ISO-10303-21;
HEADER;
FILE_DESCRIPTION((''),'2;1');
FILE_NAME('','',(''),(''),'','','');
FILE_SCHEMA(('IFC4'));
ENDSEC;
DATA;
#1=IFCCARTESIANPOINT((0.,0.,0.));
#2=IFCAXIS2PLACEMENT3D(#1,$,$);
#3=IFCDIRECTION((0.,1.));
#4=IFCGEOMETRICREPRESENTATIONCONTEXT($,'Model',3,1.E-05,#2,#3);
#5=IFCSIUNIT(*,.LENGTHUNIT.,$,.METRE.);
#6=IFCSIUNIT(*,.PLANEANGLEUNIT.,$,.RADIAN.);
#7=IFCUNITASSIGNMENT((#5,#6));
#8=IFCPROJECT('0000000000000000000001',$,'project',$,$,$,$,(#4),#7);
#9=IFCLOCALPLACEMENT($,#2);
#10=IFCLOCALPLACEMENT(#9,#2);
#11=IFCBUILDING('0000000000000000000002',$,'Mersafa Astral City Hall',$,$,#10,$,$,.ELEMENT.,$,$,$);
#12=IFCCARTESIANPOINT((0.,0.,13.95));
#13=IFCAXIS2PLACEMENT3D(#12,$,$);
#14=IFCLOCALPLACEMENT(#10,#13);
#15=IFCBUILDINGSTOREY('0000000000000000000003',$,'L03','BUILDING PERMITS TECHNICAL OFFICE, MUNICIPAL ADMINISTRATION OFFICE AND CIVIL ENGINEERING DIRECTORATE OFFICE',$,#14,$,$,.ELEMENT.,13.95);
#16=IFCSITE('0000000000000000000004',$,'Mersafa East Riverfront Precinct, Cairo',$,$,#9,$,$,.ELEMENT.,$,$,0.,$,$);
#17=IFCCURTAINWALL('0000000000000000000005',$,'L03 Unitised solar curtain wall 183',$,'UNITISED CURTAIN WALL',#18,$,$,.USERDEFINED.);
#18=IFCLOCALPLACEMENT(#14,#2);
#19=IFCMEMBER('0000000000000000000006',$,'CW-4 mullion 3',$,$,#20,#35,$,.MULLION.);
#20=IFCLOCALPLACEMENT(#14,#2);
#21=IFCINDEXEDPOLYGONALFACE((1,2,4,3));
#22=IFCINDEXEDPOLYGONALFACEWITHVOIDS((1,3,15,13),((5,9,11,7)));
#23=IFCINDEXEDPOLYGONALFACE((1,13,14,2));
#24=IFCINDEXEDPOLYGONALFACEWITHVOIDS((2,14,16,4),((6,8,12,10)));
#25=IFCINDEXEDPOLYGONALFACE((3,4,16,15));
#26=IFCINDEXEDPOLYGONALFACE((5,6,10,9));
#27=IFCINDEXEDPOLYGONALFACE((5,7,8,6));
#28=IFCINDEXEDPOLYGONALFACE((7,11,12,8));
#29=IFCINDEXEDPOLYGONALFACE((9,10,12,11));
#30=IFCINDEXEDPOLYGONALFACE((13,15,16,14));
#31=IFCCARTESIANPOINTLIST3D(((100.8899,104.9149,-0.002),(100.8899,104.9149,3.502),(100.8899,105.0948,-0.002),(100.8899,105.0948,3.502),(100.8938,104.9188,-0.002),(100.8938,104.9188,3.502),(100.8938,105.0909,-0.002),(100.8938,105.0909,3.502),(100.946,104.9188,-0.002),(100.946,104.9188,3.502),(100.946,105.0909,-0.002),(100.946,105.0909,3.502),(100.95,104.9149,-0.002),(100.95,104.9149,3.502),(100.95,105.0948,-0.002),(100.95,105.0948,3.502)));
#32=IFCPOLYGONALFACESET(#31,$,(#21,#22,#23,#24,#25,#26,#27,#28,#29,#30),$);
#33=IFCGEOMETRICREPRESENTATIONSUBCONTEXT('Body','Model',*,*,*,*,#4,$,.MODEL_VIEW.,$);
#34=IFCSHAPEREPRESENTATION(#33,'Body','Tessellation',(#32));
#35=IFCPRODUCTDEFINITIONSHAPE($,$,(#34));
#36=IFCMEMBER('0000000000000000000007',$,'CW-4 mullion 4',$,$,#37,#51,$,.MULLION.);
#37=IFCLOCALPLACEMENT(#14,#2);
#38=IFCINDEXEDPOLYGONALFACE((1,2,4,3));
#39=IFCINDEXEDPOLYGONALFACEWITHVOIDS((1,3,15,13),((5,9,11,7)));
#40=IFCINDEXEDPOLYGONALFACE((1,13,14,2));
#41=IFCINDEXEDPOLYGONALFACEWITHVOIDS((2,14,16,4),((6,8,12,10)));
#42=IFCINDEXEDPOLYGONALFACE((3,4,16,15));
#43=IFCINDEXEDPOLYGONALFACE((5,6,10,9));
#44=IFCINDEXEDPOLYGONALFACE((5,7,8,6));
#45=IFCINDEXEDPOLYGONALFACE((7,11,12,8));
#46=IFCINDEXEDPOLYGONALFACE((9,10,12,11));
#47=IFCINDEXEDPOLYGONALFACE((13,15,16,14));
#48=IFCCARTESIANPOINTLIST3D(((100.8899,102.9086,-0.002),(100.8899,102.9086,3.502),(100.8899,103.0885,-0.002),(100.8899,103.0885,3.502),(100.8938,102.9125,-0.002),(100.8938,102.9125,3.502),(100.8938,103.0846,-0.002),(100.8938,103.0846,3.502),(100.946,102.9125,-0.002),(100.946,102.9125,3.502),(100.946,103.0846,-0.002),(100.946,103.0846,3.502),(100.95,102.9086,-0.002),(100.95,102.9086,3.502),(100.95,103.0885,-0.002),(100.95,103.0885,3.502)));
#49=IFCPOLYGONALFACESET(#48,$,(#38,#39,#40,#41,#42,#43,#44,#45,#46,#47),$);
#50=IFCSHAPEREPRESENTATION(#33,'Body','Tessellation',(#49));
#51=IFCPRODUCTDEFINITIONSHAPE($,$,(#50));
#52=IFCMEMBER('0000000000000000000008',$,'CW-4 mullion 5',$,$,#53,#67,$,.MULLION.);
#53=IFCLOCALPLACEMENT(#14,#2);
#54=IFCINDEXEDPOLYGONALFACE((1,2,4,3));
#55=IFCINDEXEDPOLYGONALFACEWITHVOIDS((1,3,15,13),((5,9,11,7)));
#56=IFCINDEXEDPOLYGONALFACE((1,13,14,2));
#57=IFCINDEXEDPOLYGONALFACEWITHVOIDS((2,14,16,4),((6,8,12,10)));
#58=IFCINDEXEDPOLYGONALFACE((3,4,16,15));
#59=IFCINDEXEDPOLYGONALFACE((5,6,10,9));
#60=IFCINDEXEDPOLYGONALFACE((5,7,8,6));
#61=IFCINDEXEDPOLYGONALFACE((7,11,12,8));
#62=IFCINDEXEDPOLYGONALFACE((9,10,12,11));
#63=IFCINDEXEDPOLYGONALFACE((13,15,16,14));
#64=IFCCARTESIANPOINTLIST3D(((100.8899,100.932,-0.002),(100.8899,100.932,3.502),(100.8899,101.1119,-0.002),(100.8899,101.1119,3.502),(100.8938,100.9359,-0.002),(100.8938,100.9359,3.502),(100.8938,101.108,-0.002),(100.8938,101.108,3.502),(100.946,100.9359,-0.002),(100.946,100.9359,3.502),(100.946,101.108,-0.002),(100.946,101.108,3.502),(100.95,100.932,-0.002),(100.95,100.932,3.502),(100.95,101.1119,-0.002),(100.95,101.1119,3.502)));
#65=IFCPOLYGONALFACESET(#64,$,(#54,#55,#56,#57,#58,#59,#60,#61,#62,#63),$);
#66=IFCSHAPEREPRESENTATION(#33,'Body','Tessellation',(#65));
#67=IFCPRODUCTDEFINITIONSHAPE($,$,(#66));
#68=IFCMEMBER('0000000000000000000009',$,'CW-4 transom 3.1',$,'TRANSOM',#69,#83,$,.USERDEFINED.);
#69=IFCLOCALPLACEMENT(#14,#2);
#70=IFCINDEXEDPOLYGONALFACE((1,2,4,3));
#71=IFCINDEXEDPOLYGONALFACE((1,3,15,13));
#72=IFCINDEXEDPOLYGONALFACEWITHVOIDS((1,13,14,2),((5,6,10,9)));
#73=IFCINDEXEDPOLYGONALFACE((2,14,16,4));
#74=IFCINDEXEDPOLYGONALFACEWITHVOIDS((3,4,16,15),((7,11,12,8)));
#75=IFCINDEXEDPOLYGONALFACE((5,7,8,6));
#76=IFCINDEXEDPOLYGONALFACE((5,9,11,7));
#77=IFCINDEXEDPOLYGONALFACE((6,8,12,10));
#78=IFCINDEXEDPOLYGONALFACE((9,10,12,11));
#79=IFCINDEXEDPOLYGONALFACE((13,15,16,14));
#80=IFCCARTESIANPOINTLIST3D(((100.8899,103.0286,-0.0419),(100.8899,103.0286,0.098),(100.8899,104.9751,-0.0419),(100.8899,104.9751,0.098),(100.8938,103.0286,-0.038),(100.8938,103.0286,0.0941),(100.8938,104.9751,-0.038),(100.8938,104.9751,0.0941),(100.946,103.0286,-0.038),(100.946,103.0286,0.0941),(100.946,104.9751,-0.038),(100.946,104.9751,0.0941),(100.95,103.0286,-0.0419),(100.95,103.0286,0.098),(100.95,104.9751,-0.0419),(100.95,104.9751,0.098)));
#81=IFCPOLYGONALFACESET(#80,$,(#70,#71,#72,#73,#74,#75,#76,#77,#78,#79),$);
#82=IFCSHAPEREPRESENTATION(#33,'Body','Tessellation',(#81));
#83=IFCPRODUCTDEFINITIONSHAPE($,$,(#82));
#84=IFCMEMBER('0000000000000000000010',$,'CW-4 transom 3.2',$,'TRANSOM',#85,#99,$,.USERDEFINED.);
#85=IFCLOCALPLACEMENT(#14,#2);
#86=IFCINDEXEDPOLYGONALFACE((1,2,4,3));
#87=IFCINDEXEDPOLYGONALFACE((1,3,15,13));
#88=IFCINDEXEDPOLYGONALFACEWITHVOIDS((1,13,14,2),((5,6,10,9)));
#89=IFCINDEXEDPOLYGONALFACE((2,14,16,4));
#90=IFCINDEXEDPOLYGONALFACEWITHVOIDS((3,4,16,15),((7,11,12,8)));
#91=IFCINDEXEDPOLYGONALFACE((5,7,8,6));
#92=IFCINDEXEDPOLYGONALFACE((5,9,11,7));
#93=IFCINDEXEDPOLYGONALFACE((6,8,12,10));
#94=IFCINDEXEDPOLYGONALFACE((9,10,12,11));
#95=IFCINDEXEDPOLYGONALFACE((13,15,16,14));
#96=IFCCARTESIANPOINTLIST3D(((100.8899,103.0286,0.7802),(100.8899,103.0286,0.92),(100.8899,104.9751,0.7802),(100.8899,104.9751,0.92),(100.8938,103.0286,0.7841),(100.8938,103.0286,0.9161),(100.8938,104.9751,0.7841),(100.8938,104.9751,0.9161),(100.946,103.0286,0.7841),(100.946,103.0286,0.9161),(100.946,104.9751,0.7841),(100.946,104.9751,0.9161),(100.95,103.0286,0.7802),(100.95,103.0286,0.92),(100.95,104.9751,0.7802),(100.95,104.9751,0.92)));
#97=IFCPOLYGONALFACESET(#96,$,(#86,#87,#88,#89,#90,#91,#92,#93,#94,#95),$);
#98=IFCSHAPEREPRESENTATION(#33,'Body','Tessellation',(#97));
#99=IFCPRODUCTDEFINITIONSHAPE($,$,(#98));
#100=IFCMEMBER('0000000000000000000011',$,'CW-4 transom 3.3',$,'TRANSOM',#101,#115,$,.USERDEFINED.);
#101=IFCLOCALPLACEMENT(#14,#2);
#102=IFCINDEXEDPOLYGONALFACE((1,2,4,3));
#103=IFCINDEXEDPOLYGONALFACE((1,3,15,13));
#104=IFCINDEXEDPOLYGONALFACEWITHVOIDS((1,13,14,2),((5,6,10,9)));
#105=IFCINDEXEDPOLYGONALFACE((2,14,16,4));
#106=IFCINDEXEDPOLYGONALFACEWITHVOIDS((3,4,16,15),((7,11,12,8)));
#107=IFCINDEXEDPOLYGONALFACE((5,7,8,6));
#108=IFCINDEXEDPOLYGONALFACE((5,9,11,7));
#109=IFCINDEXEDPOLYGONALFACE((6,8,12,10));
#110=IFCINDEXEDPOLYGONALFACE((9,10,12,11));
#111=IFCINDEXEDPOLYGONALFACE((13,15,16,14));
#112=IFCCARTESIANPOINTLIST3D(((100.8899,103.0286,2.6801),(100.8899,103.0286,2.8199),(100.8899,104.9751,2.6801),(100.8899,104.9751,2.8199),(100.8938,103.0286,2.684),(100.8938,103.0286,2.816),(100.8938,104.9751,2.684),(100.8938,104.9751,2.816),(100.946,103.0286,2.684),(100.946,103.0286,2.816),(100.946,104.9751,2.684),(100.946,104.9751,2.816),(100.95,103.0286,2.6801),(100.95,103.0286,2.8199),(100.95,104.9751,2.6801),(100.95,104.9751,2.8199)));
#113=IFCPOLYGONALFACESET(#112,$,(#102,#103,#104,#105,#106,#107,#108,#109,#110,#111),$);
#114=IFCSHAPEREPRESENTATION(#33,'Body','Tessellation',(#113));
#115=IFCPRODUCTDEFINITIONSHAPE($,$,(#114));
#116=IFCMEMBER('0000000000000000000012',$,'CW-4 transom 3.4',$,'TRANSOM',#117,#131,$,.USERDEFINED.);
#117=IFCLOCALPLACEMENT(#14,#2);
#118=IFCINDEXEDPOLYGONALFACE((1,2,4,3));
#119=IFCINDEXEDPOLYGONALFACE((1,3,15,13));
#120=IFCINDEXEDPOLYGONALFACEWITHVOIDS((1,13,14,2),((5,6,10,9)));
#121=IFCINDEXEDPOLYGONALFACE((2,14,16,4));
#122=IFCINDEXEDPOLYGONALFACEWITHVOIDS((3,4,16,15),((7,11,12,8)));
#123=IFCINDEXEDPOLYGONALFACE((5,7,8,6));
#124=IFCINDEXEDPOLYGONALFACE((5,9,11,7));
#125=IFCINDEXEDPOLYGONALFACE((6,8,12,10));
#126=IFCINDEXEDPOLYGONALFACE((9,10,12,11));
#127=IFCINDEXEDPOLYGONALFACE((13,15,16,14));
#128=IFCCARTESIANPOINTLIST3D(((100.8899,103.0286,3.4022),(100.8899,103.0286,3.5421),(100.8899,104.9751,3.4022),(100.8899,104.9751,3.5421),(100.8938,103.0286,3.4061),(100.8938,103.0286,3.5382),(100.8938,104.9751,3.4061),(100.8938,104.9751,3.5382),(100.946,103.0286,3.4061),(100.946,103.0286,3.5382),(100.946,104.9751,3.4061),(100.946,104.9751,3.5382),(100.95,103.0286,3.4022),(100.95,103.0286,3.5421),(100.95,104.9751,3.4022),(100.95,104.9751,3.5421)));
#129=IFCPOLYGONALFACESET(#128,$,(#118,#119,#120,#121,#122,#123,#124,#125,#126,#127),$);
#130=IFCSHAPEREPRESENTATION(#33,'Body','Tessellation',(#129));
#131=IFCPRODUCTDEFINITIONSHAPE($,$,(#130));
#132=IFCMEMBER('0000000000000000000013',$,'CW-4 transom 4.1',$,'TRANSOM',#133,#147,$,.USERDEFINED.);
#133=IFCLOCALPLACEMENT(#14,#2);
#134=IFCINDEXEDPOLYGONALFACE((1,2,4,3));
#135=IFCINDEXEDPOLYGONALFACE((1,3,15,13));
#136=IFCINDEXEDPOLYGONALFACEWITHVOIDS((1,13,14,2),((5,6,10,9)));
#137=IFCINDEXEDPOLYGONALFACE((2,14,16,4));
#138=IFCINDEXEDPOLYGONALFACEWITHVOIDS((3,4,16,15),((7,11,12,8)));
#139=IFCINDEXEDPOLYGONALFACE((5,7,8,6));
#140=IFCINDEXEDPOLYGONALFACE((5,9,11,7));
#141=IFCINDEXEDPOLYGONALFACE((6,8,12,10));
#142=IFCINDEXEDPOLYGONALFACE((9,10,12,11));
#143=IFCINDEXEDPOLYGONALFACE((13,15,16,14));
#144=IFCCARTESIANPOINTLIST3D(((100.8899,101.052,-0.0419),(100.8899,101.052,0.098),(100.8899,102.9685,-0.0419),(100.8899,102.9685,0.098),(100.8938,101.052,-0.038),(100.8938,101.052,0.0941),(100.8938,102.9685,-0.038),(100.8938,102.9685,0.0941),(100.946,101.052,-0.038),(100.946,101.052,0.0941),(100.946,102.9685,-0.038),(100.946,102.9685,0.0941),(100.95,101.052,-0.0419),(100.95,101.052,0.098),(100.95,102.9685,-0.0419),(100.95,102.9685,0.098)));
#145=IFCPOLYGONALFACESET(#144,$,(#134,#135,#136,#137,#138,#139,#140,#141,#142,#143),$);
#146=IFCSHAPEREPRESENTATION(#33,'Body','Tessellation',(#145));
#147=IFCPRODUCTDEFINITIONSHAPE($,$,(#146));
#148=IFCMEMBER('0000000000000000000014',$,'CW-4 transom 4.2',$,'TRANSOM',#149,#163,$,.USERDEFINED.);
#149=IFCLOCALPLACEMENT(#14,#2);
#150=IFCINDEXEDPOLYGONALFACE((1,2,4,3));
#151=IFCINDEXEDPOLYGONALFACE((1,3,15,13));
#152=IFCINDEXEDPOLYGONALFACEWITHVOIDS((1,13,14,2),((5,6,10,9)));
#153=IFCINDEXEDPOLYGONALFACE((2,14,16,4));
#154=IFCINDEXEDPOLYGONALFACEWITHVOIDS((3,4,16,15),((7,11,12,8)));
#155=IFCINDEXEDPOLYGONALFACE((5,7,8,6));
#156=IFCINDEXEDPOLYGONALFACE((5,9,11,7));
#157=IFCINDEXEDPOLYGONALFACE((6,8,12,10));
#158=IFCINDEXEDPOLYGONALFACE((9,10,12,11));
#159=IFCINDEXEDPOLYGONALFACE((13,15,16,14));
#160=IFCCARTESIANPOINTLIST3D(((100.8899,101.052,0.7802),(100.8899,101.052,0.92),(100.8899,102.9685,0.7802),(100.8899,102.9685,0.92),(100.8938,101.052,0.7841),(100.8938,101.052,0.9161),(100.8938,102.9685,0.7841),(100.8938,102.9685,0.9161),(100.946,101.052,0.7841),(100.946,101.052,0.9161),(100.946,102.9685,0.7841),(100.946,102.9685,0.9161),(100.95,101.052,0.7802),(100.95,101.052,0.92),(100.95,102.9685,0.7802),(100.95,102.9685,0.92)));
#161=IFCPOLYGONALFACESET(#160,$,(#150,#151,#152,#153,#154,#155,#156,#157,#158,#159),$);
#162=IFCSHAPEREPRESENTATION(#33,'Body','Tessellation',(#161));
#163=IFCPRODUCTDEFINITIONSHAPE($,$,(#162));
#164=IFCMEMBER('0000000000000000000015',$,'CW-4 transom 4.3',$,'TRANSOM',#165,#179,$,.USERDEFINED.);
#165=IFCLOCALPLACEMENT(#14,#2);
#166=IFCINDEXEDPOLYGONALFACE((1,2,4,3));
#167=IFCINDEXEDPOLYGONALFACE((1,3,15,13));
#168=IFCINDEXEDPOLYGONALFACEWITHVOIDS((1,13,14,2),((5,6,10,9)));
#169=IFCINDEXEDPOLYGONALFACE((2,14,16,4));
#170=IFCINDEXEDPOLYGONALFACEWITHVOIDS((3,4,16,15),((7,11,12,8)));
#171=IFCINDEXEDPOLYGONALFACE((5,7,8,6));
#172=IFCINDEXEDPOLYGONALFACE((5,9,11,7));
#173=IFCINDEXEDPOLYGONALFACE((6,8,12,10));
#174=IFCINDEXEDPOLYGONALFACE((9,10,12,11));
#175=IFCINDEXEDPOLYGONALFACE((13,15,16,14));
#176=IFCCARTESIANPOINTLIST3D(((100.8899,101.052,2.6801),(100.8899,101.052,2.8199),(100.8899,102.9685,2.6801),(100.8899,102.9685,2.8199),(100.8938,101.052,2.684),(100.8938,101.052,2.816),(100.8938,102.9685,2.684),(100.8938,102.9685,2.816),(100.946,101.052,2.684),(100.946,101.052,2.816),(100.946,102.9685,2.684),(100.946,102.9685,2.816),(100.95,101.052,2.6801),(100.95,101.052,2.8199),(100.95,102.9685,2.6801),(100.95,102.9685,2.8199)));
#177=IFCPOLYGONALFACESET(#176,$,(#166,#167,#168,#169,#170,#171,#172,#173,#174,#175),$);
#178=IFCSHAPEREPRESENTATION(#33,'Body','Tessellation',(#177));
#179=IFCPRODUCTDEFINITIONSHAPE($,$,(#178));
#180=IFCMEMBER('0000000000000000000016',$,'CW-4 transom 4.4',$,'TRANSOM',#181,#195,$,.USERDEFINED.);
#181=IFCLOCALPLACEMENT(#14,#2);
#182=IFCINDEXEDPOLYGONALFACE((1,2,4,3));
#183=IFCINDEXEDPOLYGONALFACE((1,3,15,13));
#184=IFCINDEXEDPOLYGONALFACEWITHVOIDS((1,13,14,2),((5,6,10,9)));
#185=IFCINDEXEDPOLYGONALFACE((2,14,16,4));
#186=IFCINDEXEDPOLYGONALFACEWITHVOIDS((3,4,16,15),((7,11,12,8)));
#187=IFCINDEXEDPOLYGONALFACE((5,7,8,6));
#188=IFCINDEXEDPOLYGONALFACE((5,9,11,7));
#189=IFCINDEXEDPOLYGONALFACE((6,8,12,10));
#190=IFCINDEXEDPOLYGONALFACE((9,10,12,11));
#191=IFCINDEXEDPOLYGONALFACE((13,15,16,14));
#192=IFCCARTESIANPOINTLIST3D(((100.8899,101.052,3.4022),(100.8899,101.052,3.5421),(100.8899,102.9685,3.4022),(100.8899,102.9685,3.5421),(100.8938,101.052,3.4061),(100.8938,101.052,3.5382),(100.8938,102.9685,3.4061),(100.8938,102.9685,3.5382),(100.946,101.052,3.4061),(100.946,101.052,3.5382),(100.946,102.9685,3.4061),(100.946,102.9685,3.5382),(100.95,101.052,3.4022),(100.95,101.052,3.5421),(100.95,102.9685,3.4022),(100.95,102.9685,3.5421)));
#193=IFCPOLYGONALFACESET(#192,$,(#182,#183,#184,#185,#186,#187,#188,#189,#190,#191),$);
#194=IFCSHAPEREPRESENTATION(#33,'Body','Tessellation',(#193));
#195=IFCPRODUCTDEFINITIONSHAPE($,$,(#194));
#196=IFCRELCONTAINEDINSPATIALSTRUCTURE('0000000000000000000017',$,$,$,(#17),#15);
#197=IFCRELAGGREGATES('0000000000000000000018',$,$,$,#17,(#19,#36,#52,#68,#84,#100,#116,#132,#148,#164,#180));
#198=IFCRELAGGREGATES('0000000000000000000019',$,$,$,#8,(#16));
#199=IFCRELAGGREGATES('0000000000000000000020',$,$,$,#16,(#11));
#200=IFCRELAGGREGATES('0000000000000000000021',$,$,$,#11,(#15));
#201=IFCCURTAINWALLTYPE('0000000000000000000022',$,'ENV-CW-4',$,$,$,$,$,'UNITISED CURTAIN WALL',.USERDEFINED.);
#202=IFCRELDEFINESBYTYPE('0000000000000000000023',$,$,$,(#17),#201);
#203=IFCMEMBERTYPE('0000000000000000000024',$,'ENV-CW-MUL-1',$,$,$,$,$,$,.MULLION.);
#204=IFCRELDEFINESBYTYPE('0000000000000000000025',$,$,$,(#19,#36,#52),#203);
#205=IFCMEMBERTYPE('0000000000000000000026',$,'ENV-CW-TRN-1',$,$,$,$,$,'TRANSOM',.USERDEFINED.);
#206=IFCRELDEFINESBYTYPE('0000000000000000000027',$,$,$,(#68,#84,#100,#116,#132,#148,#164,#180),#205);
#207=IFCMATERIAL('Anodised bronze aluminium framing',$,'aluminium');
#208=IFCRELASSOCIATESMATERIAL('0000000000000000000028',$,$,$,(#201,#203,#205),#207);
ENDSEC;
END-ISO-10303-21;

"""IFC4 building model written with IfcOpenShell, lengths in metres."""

from ifc_helpers import new_model, si_unit, direction, frame, origin, origin_2d, place, context, subcontext, project, spatial, hollow_rectangle, extrude, material, material_profile, profile_set, type_object, element, aggregate, save


model = new_model("IFC4")

# Units and contexts
model_context = context("Model", 3, precision=1e-05, world=origin(), true_north=direction((0.0, 1.0)))
body_context = subcontext(model_context, "Body", "Model", "MODEL_VIEW")
ifc_project = project(units=[si_unit("LENGTHUNIT", "METRE"), si_unit("PLANEANGLEUNIT", "RADIAN")], contexts=[model_context])

# Site, building, storey
site_placement = place(None, origin())
site = spatial("IfcSite", under=ifc_project, at=site_placement, Name="Mersafa East Riverfront Precinct, Cairo", CompositionType="ELEMENT", RefElevation=0.0)
building_placement = place(site_placement, origin())
building = spatial("IfcBuilding", under=site, at=building_placement, Name="Mersafa Astral City Hall", CompositionType="ELEMENT")
storey_placement = place(building_placement, frame((0.0, 0.0, 13.95)))
storey = spatial("IfcBuildingStorey", under=building, at=storey_placement, Name="L03", Description="BUILDING PERMITS TECHNICAL OFFICE, MUNICIPAL ADMINISTRATION OFFICE AND CIVIL ENGINEERING DIRECTORATE OFFICE", CompositionType="ELEMENT", Elevation=13.95)

# Curtain wall, members
ifc_material_1 = material(Name="Anodised bronze aluminium framing", Category="aluminium")
curtain_wall_type = type_object("IfcCurtainWallType", Name="ENV-CW-4", ElementType="UNITISED CURTAIN WALL", PredefinedType="USERDEFINED", material=ifc_material_1)
curtain_wall_placement = place(storey_placement, origin())
curtain_wall = element("IfcCurtainWall", 1, at=curtain_wall_placement, inside=storey, type_object=curtain_wall_type, Name="L03 Unitised solar curtain wall 183", ObjectType="UNITISED CURTAIN WALL", PredefinedType="USERDEFINED")
ifc_material_profile_1 = material_profile(ifc_material_1, hollow_rectangle(XDim=0.0601, YDim=0.1799, WallThickness=0.0039, at=origin_2d()), Name="RHS 60x180x4")
ifc_profile_set_1 = profile_set([ifc_material_profile_1], Name="Anodised bronze aluminium framing")
member_type_1 = type_object("IfcMemberType", Name="ENV-CW-MUL-1", PredefinedType="MULLION", material=ifc_profile_set_1)
member_1_placement = place(storey_placement, frame((100.9199, 105.0049, -0.002), z_axis=(0.0, 0.0, 1.0), x_axis=(1.0, 0.0, 0.0)))
member_1 = element("IfcMember", 2, at=member_1_placement, type_object=member_type_1, Name="CW-4 mullion 3", PredefinedType="MULLION", context=body_context, shape_type="SweptSolid", body=[
    extrude(hollow_rectangle(XDim=0.0601, YDim=0.1799, WallThickness=0.0039, at=origin_2d()), origin(), (0.0, 0.0, 1.0), 3.5039),
])
member_2_placement = place(storey_placement, frame((100.9199, 102.9985, -0.002), z_axis=(0.0, 0.0, 1.0), x_axis=(1.0, 0.0, 0.0)))
member_2 = element("IfcMember", 3, at=member_2_placement, type_object=member_type_1, Name="CW-4 mullion 4", PredefinedType="MULLION", context=body_context, shape_type="SweptSolid", body=[
    extrude(hollow_rectangle(XDim=0.0601, YDim=0.1799, WallThickness=0.0039, at=origin_2d()), origin(), (0.0, 0.0, 1.0), 3.5039),
])
member_3_placement = place(storey_placement, frame((100.9199, 101.022, -0.002), z_axis=(0.0, 0.0, 1.0), x_axis=(1.0, 0.0, 0.0)))
member_3 = element("IfcMember", 4, at=member_3_placement, type_object=member_type_1, Name="CW-4 mullion 5", PredefinedType="MULLION", context=body_context, shape_type="SweptSolid", body=[
    extrude(hollow_rectangle(XDim=0.0601, YDim=0.1799, WallThickness=0.0039, at=origin_2d()), origin(), (0.0, 0.0, 1.0), 3.5039),
])
ifc_material_profile_2 = material_profile(ifc_material_1, hollow_rectangle(XDim=0.0601, YDim=0.1399, WallThickness=0.0039, at=origin_2d()), Name="RHS 60x140x4")
ifc_profile_set_2 = profile_set([ifc_material_profile_2], Name="Anodised bronze aluminium framing")
member_type_2 = type_object("IfcMemberType", Name="ENV-CW-TRN-1", ElementType="TRANSOM", PredefinedType="USERDEFINED", material=ifc_profile_set_2)
member_4_placement = place(storey_placement, frame((100.9199, 104.9751, 0.0281), z_axis=(0.0, -1.0, 0.0), x_axis=(1.0, 0.0, 0.0)))
member_4 = element("IfcMember", 5, at=member_4_placement, type_object=member_type_2, Name="CW-4 transom 3.1", ObjectType="TRANSOM", PredefinedType="USERDEFINED", context=body_context, shape_type="SweptSolid", body=[
    extrude(hollow_rectangle(XDim=0.0601, YDim=0.1399, WallThickness=0.0039, at=origin_2d()), origin(), (0.0, 0.0, 1.0), 1.9465),
])
member_5_placement = place(storey_placement, frame((100.9199, 104.9751, 0.8501), z_axis=(0.0, -1.0, 0.0), x_axis=(1.0, 0.0, 0.0)))
member_5 = element("IfcMember", 6, at=member_5_placement, type_object=member_type_2, Name="CW-4 transom 3.2", ObjectType="TRANSOM", PredefinedType="USERDEFINED", context=body_context, shape_type="SweptSolid", body=[
    extrude(hollow_rectangle(XDim=0.0601, YDim=0.1399, WallThickness=0.0039, at=origin_2d()), origin(), (0.0, 0.0, 1.0), 1.9465),
])
member_6_placement = place(storey_placement, frame((100.9199, 104.9751, 2.75), z_axis=(0.0, -1.0, 0.0), x_axis=(1.0, 0.0, 0.0)))
member_6 = element("IfcMember", 7, at=member_6_placement, type_object=member_type_2, Name="CW-4 transom 3.3", ObjectType="TRANSOM", PredefinedType="USERDEFINED", context=body_context, shape_type="SweptSolid", body=[
    extrude(hollow_rectangle(XDim=0.0601, YDim=0.1399, WallThickness=0.0039, at=origin_2d()), origin(), (0.0, 0.0, 1.0), 1.9465),
])
member_7_placement = place(storey_placement, frame((100.9199, 104.9751, 3.4722), z_axis=(0.0, -1.0, 0.0), x_axis=(1.0, 0.0, 0.0)))
member_7 = element("IfcMember", 8, at=member_7_placement, type_object=member_type_2, Name="CW-4 transom 3.4", ObjectType="TRANSOM", PredefinedType="USERDEFINED", context=body_context, shape_type="SweptSolid", body=[
    extrude(hollow_rectangle(XDim=0.0601, YDim=0.1399, WallThickness=0.0039, at=origin_2d()), origin(), (0.0, 0.0, 1.0), 1.9465),
])
member_8_placement = place(storey_placement, frame((100.9199, 102.9685, 0.0281), z_axis=(0.0, -1.0, 0.0), x_axis=(1.0, 0.0, 0.0)))
member_8 = element("IfcMember", 9, at=member_8_placement, type_object=member_type_2, Name="CW-4 transom 4.1", ObjectType="TRANSOM", PredefinedType="USERDEFINED", context=body_context, shape_type="SweptSolid", body=[
    extrude(hollow_rectangle(XDim=0.0601, YDim=0.1399, WallThickness=0.0039, at=origin_2d()), origin(), (0.0, 0.0, 1.0), 1.9165),
])
member_9_placement = place(storey_placement, frame((100.9199, 102.9685, 0.8501), z_axis=(0.0, -1.0, 0.0), x_axis=(1.0, 0.0, 0.0)))
member_9 = element("IfcMember", 10, at=member_9_placement, type_object=member_type_2, Name="CW-4 transom 4.2", ObjectType="TRANSOM", PredefinedType="USERDEFINED", context=body_context, shape_type="SweptSolid", body=[
    extrude(hollow_rectangle(XDim=0.0601, YDim=0.1399, WallThickness=0.0039, at=origin_2d()), origin(), (0.0, 0.0, 1.0), 1.9165),
])
member_10_placement = place(storey_placement, frame((100.9199, 102.9685, 2.75), z_axis=(0.0, -1.0, 0.0), x_axis=(1.0, 0.0, 0.0)))
member_10 = element("IfcMember", 11, at=member_10_placement, type_object=member_type_2, Name="CW-4 transom 4.3", ObjectType="TRANSOM", PredefinedType="USERDEFINED", context=body_context, shape_type="SweptSolid", body=[
    extrude(hollow_rectangle(XDim=0.0601, YDim=0.1399, WallThickness=0.0039, at=origin_2d()), origin(), (0.0, 0.0, 1.0), 1.9165),
])
member_11_placement = place(storey_placement, frame((100.9199, 102.9685, 3.4722), z_axis=(0.0, -1.0, 0.0), x_axis=(1.0, 0.0, 0.0)))
member_11 = element("IfcMember", 12, at=member_11_placement, type_object=member_type_2, Name="CW-4 transom 4.4", ObjectType="TRANSOM", PredefinedType="USERDEFINED", context=body_context, shape_type="SweptSolid", body=[
    extrude(hollow_rectangle(XDim=0.0601, YDim=0.1399, WallThickness=0.0039, at=origin_2d()), origin(), (0.0, 0.0, 1.0), 1.9165),
])
aggregate(curtain_wall, [member_1, member_2, member_3, member_4, member_5, member_6, member_7, member_8, member_9, member_10, member_11])

save(model, "model.ifc")
